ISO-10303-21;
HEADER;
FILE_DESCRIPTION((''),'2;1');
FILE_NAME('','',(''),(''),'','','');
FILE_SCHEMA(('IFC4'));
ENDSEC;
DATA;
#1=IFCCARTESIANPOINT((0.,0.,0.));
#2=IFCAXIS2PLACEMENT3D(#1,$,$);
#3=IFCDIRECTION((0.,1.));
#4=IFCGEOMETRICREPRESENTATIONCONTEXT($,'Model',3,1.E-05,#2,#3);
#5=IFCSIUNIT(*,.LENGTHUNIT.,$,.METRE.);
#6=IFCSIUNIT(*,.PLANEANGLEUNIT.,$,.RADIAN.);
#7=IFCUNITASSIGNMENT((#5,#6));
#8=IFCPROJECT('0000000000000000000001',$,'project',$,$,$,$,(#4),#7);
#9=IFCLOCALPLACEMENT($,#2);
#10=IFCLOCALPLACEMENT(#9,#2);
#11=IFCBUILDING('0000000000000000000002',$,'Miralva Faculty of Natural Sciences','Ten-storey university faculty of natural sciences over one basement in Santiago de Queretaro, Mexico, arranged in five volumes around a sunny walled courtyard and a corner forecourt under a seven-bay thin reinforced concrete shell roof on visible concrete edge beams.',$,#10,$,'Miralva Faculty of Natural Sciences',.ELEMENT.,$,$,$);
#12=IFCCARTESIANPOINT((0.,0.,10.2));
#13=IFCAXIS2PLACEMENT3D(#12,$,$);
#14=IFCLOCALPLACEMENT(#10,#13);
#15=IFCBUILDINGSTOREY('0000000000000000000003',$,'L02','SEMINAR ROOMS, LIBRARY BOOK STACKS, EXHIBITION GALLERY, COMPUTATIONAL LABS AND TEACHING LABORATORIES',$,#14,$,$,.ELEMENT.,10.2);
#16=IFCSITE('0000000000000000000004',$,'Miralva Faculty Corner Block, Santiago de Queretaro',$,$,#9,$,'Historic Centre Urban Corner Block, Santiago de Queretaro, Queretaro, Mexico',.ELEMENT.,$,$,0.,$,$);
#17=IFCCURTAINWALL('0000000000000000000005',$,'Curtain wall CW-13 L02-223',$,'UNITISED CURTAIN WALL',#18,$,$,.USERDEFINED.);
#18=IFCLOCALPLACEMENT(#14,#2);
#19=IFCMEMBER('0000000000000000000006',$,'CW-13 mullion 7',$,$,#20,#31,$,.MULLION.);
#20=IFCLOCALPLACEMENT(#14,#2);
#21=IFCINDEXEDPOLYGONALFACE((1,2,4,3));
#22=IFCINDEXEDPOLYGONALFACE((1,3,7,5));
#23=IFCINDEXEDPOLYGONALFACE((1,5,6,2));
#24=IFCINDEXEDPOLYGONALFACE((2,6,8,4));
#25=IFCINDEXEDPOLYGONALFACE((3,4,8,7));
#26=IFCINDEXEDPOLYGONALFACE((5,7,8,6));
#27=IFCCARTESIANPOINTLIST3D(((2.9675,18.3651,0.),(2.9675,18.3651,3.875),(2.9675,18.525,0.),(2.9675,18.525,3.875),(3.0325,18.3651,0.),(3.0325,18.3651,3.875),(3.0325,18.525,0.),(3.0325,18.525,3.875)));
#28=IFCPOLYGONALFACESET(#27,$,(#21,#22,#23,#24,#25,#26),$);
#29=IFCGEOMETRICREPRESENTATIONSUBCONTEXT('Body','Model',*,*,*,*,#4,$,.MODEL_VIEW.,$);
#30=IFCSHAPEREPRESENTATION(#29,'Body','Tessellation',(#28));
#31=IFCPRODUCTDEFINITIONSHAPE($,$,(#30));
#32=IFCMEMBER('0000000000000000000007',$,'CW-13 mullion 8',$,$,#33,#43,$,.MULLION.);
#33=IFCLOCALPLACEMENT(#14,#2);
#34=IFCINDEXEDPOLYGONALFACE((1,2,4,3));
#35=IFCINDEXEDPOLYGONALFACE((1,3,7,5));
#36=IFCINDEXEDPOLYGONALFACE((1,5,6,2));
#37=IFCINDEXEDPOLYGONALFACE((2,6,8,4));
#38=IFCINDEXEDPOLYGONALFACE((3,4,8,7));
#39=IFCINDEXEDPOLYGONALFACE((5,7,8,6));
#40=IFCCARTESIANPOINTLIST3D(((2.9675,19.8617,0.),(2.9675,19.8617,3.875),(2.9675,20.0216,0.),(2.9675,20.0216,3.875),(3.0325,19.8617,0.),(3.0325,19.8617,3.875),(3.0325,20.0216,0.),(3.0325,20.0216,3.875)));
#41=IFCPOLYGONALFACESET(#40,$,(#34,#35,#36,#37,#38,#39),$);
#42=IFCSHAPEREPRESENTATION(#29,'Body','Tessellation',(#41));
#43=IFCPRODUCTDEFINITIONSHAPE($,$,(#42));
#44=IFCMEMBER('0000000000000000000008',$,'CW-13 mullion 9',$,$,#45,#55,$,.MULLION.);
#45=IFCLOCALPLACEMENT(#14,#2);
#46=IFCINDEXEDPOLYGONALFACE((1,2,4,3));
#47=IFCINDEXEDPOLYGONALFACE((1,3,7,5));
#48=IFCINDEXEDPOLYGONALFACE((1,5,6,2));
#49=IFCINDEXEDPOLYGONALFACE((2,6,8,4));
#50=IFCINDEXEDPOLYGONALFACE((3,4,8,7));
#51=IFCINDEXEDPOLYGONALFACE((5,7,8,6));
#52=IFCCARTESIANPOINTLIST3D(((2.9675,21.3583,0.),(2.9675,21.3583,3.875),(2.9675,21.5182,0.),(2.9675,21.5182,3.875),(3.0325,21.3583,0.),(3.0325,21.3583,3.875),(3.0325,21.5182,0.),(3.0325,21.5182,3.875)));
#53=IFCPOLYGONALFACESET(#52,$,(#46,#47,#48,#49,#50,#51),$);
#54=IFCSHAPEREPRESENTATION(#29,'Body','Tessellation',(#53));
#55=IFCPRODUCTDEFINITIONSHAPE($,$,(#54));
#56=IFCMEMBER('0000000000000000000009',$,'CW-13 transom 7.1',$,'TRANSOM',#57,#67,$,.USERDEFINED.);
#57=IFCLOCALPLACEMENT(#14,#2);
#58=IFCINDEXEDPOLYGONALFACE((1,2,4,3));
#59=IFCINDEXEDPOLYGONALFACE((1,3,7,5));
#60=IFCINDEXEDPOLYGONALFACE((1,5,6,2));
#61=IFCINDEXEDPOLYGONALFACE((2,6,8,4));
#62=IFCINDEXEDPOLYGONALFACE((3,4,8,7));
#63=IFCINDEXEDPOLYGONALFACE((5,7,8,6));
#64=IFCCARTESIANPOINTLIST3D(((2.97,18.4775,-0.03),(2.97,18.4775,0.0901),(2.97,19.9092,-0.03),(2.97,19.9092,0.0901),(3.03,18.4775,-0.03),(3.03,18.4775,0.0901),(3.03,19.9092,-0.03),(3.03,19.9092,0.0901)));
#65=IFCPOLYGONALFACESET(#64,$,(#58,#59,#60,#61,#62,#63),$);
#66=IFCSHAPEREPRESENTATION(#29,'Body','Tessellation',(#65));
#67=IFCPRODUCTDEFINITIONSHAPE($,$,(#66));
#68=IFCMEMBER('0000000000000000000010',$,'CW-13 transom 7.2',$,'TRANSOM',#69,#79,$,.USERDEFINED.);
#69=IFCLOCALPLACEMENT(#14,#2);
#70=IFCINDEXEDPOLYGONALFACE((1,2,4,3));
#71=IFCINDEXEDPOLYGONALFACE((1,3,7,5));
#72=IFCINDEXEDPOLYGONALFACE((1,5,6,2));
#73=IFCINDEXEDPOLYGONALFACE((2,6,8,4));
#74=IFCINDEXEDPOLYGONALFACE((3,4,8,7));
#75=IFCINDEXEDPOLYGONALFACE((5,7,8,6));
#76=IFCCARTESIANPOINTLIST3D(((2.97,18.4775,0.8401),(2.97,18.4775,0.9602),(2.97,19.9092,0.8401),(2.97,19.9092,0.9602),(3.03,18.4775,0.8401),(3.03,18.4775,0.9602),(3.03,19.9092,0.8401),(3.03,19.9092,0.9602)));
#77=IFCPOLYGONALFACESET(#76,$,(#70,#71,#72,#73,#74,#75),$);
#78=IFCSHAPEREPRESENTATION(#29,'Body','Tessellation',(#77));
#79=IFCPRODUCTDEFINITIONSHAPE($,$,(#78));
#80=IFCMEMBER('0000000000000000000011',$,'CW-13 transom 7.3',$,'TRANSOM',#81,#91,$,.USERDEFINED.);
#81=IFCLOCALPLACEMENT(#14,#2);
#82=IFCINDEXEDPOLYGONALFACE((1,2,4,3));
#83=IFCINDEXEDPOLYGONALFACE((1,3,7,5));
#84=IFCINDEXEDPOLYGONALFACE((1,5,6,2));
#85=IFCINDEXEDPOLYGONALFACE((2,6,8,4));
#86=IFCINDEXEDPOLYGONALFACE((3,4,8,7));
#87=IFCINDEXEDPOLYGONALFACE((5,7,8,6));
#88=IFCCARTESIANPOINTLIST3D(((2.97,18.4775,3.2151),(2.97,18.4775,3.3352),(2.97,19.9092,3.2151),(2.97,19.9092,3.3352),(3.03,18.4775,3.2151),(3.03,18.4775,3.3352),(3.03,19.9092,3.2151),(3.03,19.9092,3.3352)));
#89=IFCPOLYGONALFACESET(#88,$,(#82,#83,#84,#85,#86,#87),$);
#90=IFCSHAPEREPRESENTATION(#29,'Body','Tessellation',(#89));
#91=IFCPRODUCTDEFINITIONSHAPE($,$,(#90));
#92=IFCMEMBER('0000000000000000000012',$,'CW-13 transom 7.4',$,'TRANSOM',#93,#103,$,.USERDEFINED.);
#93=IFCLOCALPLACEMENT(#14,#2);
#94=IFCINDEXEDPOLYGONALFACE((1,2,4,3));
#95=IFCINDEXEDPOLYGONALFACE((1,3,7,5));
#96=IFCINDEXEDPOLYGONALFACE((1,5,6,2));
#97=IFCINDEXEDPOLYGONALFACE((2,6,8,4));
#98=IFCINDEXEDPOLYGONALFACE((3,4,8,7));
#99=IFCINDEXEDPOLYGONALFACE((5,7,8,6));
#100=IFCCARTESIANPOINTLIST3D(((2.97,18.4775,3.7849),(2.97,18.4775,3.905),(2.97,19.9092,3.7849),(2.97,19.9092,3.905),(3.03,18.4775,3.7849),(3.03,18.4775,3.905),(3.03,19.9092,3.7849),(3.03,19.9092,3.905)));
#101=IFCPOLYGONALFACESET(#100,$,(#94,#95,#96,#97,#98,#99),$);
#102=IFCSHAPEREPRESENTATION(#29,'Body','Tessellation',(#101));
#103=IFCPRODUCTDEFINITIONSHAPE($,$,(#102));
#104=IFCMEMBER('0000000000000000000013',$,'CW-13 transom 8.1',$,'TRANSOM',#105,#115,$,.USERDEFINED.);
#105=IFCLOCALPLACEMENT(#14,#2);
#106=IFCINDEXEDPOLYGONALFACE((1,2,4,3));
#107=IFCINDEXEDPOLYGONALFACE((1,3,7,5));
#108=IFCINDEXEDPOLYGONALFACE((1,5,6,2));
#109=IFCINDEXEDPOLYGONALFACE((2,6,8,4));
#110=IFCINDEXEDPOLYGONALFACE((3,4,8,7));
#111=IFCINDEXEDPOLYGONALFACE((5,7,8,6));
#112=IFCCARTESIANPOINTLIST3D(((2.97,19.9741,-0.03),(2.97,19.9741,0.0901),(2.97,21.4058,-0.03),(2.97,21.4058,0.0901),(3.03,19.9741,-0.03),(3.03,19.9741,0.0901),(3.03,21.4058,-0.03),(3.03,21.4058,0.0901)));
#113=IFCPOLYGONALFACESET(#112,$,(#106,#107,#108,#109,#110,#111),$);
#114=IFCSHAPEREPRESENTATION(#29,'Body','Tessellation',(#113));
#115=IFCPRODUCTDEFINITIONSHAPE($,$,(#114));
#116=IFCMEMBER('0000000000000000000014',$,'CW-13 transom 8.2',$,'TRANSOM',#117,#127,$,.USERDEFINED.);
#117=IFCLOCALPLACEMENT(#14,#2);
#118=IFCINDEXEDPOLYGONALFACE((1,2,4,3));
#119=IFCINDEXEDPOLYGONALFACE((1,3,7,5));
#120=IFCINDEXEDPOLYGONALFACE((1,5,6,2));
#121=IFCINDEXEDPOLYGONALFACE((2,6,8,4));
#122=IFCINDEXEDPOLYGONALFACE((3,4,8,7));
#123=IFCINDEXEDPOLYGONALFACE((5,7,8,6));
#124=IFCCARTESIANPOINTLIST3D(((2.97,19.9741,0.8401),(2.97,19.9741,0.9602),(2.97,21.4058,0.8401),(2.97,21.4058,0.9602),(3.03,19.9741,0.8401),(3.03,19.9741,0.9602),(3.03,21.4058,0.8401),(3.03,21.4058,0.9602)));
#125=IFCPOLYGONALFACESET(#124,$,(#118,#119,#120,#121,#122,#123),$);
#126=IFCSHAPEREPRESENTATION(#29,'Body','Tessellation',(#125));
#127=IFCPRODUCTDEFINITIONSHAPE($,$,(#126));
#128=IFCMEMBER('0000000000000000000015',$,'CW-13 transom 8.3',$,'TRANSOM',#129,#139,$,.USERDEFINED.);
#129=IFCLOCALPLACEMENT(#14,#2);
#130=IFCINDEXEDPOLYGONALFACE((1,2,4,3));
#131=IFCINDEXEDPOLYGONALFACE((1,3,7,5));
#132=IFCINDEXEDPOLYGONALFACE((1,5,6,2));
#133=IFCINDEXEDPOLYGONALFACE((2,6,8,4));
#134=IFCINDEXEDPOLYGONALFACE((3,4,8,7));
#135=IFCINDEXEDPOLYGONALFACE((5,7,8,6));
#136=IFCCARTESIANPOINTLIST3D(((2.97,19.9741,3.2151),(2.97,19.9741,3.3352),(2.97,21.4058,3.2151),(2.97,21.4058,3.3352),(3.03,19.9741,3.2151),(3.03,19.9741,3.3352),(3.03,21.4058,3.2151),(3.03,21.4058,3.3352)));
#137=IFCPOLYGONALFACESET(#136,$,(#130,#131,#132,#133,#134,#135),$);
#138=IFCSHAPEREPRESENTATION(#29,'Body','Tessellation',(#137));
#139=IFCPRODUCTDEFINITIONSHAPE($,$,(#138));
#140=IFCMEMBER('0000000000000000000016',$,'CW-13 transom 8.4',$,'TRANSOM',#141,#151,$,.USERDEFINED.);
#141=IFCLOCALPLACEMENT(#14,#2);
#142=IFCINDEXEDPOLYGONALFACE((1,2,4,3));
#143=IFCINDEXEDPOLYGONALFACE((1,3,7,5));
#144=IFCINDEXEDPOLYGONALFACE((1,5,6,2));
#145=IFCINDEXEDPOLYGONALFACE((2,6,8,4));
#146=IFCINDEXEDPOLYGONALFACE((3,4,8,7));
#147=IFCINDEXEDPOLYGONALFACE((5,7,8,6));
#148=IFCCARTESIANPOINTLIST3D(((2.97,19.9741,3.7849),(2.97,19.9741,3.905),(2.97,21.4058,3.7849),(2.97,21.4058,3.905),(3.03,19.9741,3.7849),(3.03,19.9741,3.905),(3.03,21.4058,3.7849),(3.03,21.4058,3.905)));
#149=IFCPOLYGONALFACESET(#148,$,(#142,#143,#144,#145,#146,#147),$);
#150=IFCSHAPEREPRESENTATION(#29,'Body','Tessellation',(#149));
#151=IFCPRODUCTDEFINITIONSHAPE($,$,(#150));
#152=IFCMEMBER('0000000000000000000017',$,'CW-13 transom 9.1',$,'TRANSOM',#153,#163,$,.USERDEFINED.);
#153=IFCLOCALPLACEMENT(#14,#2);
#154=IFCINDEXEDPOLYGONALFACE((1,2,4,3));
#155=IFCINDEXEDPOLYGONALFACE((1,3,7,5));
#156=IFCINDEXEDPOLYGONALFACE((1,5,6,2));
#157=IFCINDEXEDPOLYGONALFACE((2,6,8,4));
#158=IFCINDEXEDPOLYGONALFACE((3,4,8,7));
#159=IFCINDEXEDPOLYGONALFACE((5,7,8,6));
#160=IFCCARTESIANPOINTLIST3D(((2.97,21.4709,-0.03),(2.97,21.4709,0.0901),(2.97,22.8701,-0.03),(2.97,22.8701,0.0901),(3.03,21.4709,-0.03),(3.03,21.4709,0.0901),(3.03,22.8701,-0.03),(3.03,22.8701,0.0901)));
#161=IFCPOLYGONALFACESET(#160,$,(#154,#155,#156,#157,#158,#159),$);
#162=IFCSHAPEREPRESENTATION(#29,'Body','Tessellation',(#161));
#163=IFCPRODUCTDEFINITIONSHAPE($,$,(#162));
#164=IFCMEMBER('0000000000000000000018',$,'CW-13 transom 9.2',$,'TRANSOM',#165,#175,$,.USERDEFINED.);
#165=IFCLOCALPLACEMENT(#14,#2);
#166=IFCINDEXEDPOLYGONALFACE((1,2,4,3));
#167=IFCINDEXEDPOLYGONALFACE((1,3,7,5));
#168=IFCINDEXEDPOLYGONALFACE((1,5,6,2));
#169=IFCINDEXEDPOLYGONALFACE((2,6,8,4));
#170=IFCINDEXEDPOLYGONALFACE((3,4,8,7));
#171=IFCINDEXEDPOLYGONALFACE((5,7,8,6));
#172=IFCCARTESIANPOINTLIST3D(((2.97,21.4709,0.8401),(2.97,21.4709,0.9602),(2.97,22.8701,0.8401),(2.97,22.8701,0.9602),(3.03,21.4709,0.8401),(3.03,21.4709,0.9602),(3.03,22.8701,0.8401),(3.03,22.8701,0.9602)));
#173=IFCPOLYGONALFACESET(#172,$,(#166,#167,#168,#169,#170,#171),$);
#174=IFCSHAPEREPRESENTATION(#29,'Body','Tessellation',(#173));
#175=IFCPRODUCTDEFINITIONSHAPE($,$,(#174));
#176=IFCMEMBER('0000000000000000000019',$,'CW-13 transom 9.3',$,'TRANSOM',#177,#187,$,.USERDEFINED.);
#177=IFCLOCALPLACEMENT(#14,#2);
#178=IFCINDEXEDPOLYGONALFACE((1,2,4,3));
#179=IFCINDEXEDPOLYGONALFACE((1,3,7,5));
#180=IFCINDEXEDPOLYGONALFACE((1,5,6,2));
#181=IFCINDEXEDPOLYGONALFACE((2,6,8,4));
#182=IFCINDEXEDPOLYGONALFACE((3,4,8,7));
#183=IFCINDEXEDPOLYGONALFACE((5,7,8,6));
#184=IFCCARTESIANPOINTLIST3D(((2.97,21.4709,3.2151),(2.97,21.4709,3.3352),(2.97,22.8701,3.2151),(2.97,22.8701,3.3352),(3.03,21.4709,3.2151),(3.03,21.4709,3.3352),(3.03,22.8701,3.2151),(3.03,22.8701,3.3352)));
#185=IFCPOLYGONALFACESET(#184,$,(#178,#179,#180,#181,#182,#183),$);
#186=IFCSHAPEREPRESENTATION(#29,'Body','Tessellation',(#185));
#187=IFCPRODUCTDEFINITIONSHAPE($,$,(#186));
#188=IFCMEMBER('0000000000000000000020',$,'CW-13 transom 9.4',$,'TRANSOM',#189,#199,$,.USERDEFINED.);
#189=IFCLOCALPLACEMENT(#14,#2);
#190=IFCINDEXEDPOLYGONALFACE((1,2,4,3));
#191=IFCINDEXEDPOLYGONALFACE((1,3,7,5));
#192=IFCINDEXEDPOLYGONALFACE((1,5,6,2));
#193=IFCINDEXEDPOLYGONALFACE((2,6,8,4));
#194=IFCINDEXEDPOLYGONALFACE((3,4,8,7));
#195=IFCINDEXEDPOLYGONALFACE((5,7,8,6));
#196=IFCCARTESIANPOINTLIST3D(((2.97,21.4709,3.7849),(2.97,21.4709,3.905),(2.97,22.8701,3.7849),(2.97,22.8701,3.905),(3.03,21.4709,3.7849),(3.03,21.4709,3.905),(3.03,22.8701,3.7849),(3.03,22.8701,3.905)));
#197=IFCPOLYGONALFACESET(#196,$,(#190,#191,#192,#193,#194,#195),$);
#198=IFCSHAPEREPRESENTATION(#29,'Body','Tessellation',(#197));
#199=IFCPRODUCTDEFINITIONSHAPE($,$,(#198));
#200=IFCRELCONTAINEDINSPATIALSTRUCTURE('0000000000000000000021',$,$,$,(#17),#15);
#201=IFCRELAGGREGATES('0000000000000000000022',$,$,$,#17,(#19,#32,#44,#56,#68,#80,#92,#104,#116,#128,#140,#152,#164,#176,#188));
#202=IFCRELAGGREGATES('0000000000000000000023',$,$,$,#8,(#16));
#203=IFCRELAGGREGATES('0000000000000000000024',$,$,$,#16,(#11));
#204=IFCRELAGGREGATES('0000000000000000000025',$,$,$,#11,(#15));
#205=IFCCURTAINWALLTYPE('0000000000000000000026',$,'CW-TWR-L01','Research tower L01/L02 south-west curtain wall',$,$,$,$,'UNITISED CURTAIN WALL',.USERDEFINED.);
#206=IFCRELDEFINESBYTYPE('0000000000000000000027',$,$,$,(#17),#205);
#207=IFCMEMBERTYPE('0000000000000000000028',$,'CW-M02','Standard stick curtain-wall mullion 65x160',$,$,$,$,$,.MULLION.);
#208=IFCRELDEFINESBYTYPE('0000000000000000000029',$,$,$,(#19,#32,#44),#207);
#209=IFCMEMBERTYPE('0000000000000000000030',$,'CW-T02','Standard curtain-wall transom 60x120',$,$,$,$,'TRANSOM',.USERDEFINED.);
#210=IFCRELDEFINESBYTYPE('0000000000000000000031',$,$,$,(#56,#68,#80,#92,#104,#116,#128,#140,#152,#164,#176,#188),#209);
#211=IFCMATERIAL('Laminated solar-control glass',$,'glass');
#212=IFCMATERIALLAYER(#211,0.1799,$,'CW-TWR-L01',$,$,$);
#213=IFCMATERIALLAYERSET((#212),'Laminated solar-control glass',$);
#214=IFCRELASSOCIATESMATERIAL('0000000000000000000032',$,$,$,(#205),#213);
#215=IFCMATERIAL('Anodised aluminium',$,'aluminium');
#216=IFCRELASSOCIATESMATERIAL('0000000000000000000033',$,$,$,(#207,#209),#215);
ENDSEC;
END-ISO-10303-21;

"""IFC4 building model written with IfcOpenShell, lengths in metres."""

from ifc_helpers import new_model, si_unit, direction, frame, origin, origin_2d, place, context, subcontext, project, spatial, rectangle, extrude, material, layer, layer_set, material_profile, profile_set, type_object, element, aggregate, save


model = new_model("IFC4")

# Units and contexts
model_context = context("Model", 3, precision=1e-05, world=origin(), true_north=direction((0.0, 1.0)))
body_context = subcontext(model_context, "Body", "Model", "MODEL_VIEW")
ifc_project = project(units=[si_unit("LENGTHUNIT", "METRE"), si_unit("PLANEANGLEUNIT", "RADIAN")], contexts=[model_context])

# Site, building, storey
site_placement = place(None, origin())
site = spatial("IfcSite", under=ifc_project, at=site_placement, Name="Miralva Faculty Corner Block, Santiago de Queretaro", LongName="Historic Centre Urban Corner Block, Santiago de Queretaro, Queretaro, Mexico", CompositionType="ELEMENT", RefElevation=0.0)
building_placement = place(site_placement, origin())
building = spatial("IfcBuilding", under=site, at=building_placement, Name="Miralva Faculty of Natural Sciences", Description="Ten-storey university faculty of natural sciences over one basement in Santiago de Queretaro, Mexico, arranged in five volumes around a sunny walled courtyard and a corner forecourt under a seven-bay thin reinforced concrete shell roof on visible concrete edge beams.", LongName="Miralva Faculty of Natural Sciences", CompositionType="ELEMENT")
storey_placement = place(building_placement, frame((0.0, 0.0, 10.2)))
storey = spatial("IfcBuildingStorey", under=building, at=storey_placement, Name="L02", Description="SEMINAR ROOMS, LIBRARY BOOK STACKS, EXHIBITION GALLERY, COMPUTATIONAL LABS AND TEACHING LABORATORIES", CompositionType="ELEMENT", Elevation=10.2)

# Curtain wall, members
ifc_material_1 = material(Name="Laminated solar-control glass", Category="glass")
ifc_layer_1 = layer(ifc_material_1, 0.1799, Name="CW-TWR-L01")
ifc_layer_set_1 = layer_set([ifc_layer_1], Name="Laminated solar-control glass")
curtain_wall_type = type_object("IfcCurtainWallType", Name="CW-TWR-L01", Description="Research tower L01/L02 south-west curtain wall", ElementType="UNITISED CURTAIN WALL", PredefinedType="USERDEFINED", material=ifc_layer_set_1)
curtain_wall_placement = place(storey_placement, origin())
curtain_wall = element("IfcCurtainWall", 1, at=curtain_wall_placement, inside=storey, type_object=curtain_wall_type, Name="Curtain wall CW-13 L02-223", ObjectType="UNITISED CURTAIN WALL", PredefinedType="USERDEFINED")
ifc_material_2 = material(Name="Anodised aluminium", Category="aluminium")
ifc_material_profile_1 = material_profile(ifc_material_2, rectangle(XDim=0.0649, YDim=0.1599, at=origin_2d()), Name="MULLION 65x160")
ifc_profile_set_1 = profile_set([ifc_material_profile_1], Name="Anodised aluminium")
member_type_1 = type_object("IfcMemberType", Name="CW-M02", Description="Standard stick curtain-wall mullion 65x160", PredefinedType="MULLION", material=ifc_profile_set_1)
member_1_placement = place(storey_placement, frame((3.0, 18.4451, 0.0), z_axis=(0.0, 0.0, 1.0), x_axis=(-1.0, 0.0, 0.0)))
member_1 = element("IfcMember", 2, at=member_1_placement, type_object=member_type_1, Name="CW-13 mullion 7", PredefinedType="MULLION", context=body_context, shape_type="SweptSolid", body=[
    extrude(rectangle(XDim=0.0649, YDim=0.1599, at=origin_2d()), origin(), (0.0, 0.0, 1.0), 3.875),
])
member_2_placement = place(storey_placement, frame((3.0, 19.9417, 0.0), z_axis=(0.0, 0.0, 1.0), x_axis=(-1.0, 0.0, 0.0)))
member_2 = element("IfcMember", 3, at=member_2_placement, type_object=member_type_1, Name="CW-13 mullion 8", PredefinedType="MULLION", context=body_context, shape_type="SweptSolid", body=[
    extrude(rectangle(XDim=0.0649, YDim=0.1599, at=origin_2d()), origin(), (0.0, 0.0, 1.0), 3.875),
])
member_3_placement = place(storey_placement, frame((3.0, 21.4382, 0.0), z_axis=(0.0, 0.0, 1.0), x_axis=(-1.0, 0.0, 0.0)))
member_3 = element("IfcMember", 4, at=member_3_placement, type_object=member_type_1, Name="CW-13 mullion 9", PredefinedType="MULLION", context=body_context, shape_type="SweptSolid", body=[
    extrude(rectangle(XDim=0.0649, YDim=0.1599, at=origin_2d()), origin(), (0.0, 0.0, 1.0), 3.875),
])
ifc_material_profile_2 = material_profile(ifc_material_2, rectangle(XDim=0.0601, YDim=0.1201, at=origin_2d()), Name="TRANSOM 60x120")
ifc_profile_set_2 = profile_set([ifc_material_profile_2], Name="Anodised aluminium")
member_type_2 = type_object("IfcMemberType", Name="CW-T02", Description="Standard curtain-wall transom 60x120", ElementType="TRANSOM", PredefinedType="USERDEFINED", material=ifc_profile_set_2)
member_4_placement = place(storey_placement, frame((3.0, 18.4775, 0.03), z_axis=(0.0, 1.0, 0.0), x_axis=(-1.0, 0.0, 0.0)))
member_4 = element("IfcMember", 5, at=member_4_placement, type_object=member_type_2, Name="CW-13 transom 7.1", ObjectType="TRANSOM", PredefinedType="USERDEFINED", context=body_context, shape_type="SweptSolid", body=[
    extrude(rectangle(XDim=0.0601, YDim=0.1201, at=origin_2d()), origin(), (0.0, 0.0, 1.0), 1.4316),
])
member_5_placement = place(storey_placement, frame((3.0, 18.4775, 0.9001), z_axis=(0.0, 1.0, 0.0), x_axis=(-1.0, 0.0, 0.0)))
member_5 = element("IfcMember", 6, at=member_5_placement, type_object=member_type_2, Name="CW-13 transom 7.2", ObjectType="TRANSOM", PredefinedType="USERDEFINED", context=body_context, shape_type="SweptSolid", body=[
    extrude(rectangle(XDim=0.0601, YDim=0.1201, at=origin_2d()), origin(), (0.0, 0.0, 1.0), 1.4316),
])
member_6_placement = place(storey_placement, frame((3.0, 18.4775, 3.2751), z_axis=(0.0, 1.0, 0.0), x_axis=(-1.0, 0.0, 0.0)))
member_6 = element("IfcMember", 7, at=member_6_placement, type_object=member_type_2, Name="CW-13 transom 7.3", ObjectType="TRANSOM", PredefinedType="USERDEFINED", context=body_context, shape_type="SweptSolid", body=[
    extrude(rectangle(XDim=0.0601, YDim=0.1201, at=origin_2d()), origin(), (0.0, 0.0, 1.0), 1.4316),
])
member_7_placement = place(storey_placement, frame((3.0, 18.4775, 3.845), z_axis=(0.0, 1.0, 0.0), x_axis=(-1.0, 0.0, 0.0)))
member_7 = element("IfcMember", 8, at=member_7_placement, type_object=member_type_2, Name="CW-13 transom 7.4", ObjectType="TRANSOM", PredefinedType="USERDEFINED", context=body_context, shape_type="SweptSolid", body=[
    extrude(rectangle(XDim=0.0601, YDim=0.1201, at=origin_2d()), origin(), (0.0, 0.0, 1.0), 1.4316),
])
member_8_placement = place(storey_placement, frame((3.0, 19.9741, 0.03), z_axis=(0.0, 1.0, 0.0), x_axis=(-1.0, 0.0, 0.0)))
member_8 = element("IfcMember", 9, at=member_8_placement, type_object=member_type_2, Name="CW-13 transom 8.1", ObjectType="TRANSOM", PredefinedType="USERDEFINED", context=body_context, shape_type="SweptSolid", body=[
    extrude(rectangle(XDim=0.0601, YDim=0.1201, at=origin_2d()), origin(), (0.0, 0.0, 1.0), 1.4316),
])
member_9_placement = place(storey_placement, frame((3.0, 19.9741, 0.9001), z_axis=(0.0, 1.0, 0.0), x_axis=(-1.0, 0.0, 0.0)))
member_9 = element("IfcMember", 10, at=member_9_placement, type_object=member_type_2, Name="CW-13 transom 8.2", ObjectType="TRANSOM", PredefinedType="USERDEFINED", context=body_context, shape_type="SweptSolid", body=[
    extrude(rectangle(XDim=0.0601, YDim=0.1201, at=origin_2d()), origin(), (0.0, 0.0, 1.0), 1.4316),
])
member_10_placement = place(storey_placement, frame((3.0, 19.9741, 3.2751), z_axis=(0.0, 1.0, 0.0), x_axis=(-1.0, 0.0, 0.0)))
member_10 = element("IfcMember", 11, at=member_10_placement, type_object=member_type_2, Name="CW-13 transom 8.3", ObjectType="TRANSOM", PredefinedType="USERDEFINED", context=body_context, shape_type="SweptSolid", body=[
    extrude(rectangle(XDim=0.0601, YDim=0.1201, at=origin_2d()), origin(), (0.0, 0.0, 1.0), 1.4316),
])
member_11_placement = place(storey_placement, frame((3.0, 19.9741, 3.845), z_axis=(0.0, 1.0, 0.0), x_axis=(-1.0, 0.0, 0.0)))
member_11 = element("IfcMember", 12, at=member_11_placement, type_object=member_type_2, Name="CW-13 transom 8.4", ObjectType="TRANSOM", PredefinedType="USERDEFINED", context=body_context, shape_type="SweptSolid", body=[
    extrude(rectangle(XDim=0.0601, YDim=0.1201, at=origin_2d()), origin(), (0.0, 0.0, 1.0), 1.4316),
])
member_12_placement = place(storey_placement, frame((3.0, 21.4709, 0.03), z_axis=(0.0, 1.0, 0.0), x_axis=(-1.0, 0.0, 0.0)))
member_12 = element("IfcMember", 13, at=member_12_placement, type_object=member_type_2, Name="CW-13 transom 9.1", ObjectType="TRANSOM", PredefinedType="USERDEFINED", context=body_context, shape_type="SweptSolid", body=[
    extrude(rectangle(XDim=0.0601, YDim=0.1201, at=origin_2d()), origin(), (0.0, 0.0, 1.0), 1.3992),
])
member_13_placement = place(storey_placement, frame((3.0, 21.4709, 0.9001), z_axis=(0.0, 1.0, 0.0), x_axis=(-1.0, 0.0, 0.0)))
member_13 = element("IfcMember", 14, at=member_13_placement, type_object=member_type_2, Name="CW-13 transom 9.2", ObjectType="TRANSOM", PredefinedType="USERDEFINED", context=body_context, shape_type="SweptSolid", body=[
    extrude(rectangle(XDim=0.0601, YDim=0.1201, at=origin_2d()), origin(), (0.0, 0.0, 1.0), 1.3992),
])
member_14_placement = place(storey_placement, frame((3.0, 21.4709, 3.2751), z_axis=(0.0, 1.0, 0.0), x_axis=(-1.0, 0.0, 0.0)))
member_14 = element("IfcMember", 15, at=member_14_placement, type_object=member_type_2, Name="CW-13 transom 9.3", ObjectType="TRANSOM", PredefinedType="USERDEFINED", context=body_context, shape_type="SweptSolid", body=[
    extrude(rectangle(XDim=0.0601, YDim=0.1201, at=origin_2d()), origin(), (0.0, 0.0, 1.0), 1.3992),
])
member_15_placement = place(storey_placement, frame((3.0, 21.4709, 3.845), z_axis=(0.0, 1.0, 0.0), x_axis=(-1.0, 0.0, 0.0)))
member_15 = element("IfcMember", 16, at=member_15_placement, type_object=member_type_2, Name="CW-13 transom 9.4", ObjectType="TRANSOM", PredefinedType="USERDEFINED", context=body_context, shape_type="SweptSolid", body=[
    extrude(rectangle(XDim=0.0601, YDim=0.1201, at=origin_2d()), origin(), (0.0, 0.0, 1.0), 1.3992),
])

aggregate(curtain_wall, [member_1, member_2, member_3, member_4, member_5, member_6, member_7, member_8, member_9, member_10, member_11, member_12, member_13, member_14, member_15])

save(model, "model.ifc")
